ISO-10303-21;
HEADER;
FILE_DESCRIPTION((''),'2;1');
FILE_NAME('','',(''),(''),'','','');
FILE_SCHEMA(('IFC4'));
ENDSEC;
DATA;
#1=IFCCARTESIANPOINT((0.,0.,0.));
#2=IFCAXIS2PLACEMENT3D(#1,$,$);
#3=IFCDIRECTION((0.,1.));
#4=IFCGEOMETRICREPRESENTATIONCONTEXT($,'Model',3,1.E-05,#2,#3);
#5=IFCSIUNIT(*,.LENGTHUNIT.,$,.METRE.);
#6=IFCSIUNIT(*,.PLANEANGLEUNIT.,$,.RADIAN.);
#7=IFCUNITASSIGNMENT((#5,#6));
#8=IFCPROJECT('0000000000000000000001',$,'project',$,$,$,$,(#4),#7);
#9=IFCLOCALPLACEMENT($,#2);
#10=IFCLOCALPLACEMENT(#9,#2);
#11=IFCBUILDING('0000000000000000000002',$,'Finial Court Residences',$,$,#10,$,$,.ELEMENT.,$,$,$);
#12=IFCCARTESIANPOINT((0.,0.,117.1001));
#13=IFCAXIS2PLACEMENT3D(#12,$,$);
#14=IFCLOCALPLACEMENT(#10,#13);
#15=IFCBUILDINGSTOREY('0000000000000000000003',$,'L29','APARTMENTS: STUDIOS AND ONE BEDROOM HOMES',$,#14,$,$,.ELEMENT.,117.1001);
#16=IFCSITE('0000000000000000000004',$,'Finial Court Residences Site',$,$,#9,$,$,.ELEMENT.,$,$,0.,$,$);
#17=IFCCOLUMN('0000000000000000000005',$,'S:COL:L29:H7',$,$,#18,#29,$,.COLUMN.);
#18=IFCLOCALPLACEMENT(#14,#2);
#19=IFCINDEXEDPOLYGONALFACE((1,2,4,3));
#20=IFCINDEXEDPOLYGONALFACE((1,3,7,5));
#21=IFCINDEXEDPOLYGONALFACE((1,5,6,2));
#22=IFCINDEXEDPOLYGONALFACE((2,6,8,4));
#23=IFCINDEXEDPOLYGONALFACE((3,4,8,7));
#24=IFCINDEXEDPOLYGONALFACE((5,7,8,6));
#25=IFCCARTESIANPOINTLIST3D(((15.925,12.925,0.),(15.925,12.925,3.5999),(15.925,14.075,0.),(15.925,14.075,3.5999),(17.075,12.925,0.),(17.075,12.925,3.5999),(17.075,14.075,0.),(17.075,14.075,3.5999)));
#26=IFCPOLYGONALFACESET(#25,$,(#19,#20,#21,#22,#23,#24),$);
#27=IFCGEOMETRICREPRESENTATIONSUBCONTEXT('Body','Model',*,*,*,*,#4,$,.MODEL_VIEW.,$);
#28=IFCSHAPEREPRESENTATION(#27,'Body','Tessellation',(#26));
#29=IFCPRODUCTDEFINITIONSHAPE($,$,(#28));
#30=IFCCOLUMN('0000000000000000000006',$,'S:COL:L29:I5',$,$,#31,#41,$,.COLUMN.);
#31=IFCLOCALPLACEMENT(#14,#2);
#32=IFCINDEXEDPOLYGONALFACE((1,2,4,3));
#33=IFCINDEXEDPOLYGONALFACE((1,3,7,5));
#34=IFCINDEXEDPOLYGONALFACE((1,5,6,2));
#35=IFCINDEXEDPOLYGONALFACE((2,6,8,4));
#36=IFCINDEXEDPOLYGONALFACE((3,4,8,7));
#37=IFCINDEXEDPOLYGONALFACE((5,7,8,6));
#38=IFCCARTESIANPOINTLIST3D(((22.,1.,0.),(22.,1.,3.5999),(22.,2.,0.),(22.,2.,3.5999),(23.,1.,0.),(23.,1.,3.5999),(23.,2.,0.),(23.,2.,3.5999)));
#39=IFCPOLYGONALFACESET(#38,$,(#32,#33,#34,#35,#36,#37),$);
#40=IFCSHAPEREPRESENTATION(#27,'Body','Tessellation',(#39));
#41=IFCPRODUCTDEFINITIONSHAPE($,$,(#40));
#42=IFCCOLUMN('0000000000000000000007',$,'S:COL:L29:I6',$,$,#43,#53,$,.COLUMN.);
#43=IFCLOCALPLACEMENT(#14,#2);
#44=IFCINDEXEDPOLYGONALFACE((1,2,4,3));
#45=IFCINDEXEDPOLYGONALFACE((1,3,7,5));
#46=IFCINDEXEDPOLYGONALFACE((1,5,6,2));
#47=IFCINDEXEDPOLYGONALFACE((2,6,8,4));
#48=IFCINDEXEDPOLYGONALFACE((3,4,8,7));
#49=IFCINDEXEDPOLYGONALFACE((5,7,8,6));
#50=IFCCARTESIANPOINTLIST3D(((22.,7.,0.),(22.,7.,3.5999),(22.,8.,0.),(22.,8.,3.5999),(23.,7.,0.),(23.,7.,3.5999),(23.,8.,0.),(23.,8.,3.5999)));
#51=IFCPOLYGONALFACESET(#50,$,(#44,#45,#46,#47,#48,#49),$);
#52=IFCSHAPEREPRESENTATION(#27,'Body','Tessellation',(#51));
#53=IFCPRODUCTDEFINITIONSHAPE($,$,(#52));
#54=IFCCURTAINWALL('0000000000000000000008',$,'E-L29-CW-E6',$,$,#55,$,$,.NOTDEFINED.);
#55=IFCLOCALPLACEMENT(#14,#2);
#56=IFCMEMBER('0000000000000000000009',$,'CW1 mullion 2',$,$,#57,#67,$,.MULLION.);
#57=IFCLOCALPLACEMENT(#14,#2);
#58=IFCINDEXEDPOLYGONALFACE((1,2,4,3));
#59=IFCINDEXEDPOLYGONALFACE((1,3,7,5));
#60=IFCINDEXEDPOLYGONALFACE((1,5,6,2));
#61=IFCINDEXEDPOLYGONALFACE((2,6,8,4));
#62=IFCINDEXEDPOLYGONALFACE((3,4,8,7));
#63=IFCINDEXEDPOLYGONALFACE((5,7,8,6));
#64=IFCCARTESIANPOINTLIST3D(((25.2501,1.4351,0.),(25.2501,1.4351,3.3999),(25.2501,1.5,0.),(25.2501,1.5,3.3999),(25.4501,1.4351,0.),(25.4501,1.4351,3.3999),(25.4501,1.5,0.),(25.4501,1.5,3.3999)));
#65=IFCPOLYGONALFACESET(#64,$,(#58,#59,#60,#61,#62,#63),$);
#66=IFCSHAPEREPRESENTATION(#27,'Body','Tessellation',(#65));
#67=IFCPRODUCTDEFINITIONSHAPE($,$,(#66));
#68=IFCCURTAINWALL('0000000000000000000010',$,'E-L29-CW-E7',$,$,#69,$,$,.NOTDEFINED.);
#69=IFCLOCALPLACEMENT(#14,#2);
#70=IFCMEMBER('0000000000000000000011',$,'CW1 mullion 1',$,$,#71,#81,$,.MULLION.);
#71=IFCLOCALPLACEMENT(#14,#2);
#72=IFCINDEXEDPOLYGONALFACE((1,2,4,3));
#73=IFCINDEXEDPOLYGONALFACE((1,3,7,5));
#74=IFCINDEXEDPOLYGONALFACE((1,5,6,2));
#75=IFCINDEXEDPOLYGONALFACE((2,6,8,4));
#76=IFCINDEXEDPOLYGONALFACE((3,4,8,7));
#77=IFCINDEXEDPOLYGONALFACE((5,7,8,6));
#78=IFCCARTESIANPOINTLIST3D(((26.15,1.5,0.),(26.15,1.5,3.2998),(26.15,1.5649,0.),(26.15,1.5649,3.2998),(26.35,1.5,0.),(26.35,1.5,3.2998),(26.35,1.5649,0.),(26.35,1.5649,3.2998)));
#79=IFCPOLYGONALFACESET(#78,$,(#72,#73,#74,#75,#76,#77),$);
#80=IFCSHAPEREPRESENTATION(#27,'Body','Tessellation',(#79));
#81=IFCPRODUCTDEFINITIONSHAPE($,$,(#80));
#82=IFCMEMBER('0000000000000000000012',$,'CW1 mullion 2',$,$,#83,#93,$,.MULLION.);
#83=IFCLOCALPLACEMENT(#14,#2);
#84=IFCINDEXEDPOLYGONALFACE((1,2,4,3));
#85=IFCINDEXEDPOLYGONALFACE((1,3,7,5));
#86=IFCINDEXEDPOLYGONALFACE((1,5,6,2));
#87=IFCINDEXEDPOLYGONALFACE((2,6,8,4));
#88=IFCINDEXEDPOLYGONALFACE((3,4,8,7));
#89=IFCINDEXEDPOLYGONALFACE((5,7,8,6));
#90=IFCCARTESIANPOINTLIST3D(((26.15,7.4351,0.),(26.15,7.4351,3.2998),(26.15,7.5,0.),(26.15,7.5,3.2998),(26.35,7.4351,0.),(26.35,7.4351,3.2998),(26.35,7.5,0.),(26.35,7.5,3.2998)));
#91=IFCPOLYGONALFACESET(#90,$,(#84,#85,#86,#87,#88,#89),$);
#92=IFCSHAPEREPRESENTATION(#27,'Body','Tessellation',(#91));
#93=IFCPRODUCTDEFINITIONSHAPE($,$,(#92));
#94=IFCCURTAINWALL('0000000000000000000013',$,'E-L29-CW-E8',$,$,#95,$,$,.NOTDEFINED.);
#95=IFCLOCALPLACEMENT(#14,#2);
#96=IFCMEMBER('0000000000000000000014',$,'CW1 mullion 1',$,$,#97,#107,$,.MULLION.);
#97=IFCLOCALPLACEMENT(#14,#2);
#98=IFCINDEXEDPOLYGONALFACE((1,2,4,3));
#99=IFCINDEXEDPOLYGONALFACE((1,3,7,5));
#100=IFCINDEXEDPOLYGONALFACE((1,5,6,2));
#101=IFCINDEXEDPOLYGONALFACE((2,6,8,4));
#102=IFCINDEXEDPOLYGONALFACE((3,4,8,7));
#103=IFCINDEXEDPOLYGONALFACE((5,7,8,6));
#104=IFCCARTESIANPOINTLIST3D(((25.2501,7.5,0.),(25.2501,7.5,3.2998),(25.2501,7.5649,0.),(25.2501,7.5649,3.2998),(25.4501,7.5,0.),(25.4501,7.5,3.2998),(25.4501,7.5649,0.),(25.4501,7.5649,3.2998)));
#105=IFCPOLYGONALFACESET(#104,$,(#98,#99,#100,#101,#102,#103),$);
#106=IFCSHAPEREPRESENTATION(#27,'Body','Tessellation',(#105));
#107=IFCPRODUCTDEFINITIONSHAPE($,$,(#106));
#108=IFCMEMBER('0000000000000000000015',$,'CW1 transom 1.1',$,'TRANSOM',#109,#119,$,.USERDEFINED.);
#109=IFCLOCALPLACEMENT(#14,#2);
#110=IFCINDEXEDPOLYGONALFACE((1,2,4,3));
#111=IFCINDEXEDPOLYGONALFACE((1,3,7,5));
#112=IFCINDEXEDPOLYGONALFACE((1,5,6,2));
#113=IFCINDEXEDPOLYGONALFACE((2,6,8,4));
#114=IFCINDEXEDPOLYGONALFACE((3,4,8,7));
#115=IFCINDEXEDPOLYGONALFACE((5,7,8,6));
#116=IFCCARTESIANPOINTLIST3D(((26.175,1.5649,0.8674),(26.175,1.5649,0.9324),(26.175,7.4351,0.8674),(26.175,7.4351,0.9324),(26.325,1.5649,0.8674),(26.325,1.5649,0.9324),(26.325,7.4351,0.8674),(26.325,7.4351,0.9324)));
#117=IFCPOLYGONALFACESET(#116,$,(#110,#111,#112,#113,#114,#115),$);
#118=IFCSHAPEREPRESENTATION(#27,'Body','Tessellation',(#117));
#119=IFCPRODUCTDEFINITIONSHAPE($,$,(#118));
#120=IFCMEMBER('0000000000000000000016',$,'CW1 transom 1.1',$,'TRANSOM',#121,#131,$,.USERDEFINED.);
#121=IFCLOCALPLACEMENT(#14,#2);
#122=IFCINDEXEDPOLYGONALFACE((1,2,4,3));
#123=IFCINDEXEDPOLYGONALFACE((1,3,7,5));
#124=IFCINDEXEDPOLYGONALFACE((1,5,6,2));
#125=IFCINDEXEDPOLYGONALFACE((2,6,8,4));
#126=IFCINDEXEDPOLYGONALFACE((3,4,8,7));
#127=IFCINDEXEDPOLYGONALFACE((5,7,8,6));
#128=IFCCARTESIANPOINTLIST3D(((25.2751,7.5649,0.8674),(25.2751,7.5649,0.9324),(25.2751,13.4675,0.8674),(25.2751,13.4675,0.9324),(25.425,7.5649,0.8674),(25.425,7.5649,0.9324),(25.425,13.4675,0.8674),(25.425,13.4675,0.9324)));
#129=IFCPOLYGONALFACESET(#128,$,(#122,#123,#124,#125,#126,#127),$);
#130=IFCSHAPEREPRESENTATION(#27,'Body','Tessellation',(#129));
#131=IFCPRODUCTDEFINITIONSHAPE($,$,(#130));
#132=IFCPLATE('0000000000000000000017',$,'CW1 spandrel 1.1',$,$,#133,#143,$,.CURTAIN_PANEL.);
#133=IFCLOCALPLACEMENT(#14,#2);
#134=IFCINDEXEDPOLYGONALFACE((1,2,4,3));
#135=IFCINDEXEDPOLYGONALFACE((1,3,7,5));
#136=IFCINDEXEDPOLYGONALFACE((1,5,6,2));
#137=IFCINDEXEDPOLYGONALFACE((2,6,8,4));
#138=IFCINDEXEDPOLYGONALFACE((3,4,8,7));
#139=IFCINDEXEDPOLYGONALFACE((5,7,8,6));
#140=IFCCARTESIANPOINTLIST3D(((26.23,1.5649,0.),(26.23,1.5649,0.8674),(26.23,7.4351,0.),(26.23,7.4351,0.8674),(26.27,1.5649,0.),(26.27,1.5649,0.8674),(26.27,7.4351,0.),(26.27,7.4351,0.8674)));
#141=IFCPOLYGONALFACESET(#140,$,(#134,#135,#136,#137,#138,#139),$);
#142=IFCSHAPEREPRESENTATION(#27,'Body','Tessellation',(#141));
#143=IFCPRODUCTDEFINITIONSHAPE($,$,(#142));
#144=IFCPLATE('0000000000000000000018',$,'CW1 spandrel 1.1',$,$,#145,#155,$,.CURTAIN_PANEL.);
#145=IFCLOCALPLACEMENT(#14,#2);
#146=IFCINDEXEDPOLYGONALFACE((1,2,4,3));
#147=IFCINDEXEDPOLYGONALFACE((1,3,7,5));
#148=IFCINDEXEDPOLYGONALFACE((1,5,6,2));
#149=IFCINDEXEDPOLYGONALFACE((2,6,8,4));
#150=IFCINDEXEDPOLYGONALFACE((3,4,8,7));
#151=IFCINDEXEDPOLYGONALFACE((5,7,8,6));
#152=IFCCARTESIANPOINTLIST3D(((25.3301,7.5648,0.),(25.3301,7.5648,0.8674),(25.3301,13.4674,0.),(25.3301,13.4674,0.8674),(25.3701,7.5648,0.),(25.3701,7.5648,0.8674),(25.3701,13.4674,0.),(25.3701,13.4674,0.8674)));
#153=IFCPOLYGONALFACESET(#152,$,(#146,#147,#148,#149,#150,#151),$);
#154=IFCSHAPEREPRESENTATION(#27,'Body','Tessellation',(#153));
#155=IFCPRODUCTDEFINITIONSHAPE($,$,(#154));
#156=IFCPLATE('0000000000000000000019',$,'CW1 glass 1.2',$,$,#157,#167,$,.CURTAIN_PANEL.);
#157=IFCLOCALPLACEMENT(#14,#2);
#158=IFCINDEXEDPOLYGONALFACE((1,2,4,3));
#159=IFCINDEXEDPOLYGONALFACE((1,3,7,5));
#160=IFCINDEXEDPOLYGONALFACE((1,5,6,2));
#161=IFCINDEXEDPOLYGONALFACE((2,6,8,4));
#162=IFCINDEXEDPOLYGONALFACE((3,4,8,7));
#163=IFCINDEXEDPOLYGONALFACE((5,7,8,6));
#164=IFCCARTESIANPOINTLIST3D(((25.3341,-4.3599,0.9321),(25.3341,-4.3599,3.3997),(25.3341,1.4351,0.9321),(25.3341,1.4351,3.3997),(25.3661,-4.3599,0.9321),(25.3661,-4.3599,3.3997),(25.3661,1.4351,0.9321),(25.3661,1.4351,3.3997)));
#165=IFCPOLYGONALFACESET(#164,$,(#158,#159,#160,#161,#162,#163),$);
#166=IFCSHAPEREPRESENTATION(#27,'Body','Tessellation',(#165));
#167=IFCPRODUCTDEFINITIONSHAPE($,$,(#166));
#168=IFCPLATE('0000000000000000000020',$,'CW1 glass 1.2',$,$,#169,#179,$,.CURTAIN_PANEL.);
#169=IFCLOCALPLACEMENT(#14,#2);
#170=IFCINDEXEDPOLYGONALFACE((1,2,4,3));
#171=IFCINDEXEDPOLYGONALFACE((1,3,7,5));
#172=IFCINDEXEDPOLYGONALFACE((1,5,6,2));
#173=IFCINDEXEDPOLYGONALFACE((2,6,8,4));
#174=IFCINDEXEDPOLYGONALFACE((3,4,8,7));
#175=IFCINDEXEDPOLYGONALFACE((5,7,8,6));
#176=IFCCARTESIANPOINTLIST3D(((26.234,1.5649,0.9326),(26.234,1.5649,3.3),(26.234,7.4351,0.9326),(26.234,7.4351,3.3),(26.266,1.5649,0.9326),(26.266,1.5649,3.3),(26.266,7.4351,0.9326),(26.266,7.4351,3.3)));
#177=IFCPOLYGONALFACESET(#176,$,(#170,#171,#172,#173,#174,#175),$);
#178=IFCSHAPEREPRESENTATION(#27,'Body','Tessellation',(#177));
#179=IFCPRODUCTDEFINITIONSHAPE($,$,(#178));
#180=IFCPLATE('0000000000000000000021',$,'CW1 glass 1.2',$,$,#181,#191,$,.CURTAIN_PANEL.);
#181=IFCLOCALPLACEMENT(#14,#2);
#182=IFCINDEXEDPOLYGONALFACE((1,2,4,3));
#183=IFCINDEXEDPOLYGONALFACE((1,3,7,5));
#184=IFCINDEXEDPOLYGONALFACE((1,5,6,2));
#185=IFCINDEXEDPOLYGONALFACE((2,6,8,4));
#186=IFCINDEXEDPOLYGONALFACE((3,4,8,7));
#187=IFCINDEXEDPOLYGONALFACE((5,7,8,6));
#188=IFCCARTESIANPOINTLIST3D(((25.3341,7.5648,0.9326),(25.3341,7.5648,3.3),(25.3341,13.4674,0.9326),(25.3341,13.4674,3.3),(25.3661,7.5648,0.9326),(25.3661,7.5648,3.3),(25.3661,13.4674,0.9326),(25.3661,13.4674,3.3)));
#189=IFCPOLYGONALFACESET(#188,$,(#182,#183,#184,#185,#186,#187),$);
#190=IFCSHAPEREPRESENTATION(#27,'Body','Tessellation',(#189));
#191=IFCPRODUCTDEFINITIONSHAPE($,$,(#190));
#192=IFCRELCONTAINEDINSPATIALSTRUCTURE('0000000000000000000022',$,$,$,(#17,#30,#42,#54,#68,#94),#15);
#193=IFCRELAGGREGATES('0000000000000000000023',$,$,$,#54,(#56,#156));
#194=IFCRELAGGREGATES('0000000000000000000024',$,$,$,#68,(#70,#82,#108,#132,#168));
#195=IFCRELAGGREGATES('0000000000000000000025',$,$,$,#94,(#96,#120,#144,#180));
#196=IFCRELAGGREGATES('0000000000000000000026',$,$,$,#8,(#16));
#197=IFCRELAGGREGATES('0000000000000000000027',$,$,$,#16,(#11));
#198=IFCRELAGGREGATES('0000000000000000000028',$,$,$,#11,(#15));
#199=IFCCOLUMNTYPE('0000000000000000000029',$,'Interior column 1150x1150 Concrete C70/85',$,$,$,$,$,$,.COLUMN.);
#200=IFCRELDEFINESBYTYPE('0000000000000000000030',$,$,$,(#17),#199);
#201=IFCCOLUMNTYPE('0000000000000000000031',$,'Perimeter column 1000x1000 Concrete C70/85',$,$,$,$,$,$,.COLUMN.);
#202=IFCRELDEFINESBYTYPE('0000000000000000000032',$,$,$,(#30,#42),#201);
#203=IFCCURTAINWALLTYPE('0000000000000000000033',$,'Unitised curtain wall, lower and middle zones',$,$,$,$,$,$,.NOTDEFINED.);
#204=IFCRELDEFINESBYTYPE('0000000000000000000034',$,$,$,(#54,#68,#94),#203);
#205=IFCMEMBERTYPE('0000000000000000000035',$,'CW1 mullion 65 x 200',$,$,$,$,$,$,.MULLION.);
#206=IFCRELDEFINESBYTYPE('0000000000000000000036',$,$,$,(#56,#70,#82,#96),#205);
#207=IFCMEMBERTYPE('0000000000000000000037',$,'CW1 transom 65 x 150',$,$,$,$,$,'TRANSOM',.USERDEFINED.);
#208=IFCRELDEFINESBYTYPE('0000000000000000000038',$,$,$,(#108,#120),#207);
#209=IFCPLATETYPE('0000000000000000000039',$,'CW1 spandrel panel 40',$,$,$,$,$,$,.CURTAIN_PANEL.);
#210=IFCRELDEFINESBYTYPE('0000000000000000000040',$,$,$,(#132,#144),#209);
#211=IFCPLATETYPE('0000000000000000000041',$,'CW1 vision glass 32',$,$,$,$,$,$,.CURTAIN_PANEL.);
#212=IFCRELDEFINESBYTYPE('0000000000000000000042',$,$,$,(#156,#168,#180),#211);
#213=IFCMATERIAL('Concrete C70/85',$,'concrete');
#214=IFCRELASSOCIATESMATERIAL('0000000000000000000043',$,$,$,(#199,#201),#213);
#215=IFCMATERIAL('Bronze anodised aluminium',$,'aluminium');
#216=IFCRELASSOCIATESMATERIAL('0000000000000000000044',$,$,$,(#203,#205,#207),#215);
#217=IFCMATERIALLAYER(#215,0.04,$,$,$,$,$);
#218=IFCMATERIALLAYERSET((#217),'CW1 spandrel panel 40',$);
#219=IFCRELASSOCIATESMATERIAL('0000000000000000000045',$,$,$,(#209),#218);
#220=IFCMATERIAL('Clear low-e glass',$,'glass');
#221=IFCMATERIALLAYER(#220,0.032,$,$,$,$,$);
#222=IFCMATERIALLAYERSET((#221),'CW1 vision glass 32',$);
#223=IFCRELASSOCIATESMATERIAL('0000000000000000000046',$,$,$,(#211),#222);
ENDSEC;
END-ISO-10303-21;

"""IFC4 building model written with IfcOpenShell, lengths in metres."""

from ifc_helpers import new_model, si_unit, direction, frame, origin, origin_2d, place, context, subcontext, project, spatial, rectangle, extrude, material, layer, layer_set, material_profile, profile_set, type_object, element, aggregate, save


model = new_model("IFC4")

# Units and contexts
model_context = context("Model", 3, precision=1e-05, world=origin(), true_north=direction((0.0, 1.0)))
body_context = subcontext(model_context, "Body", "Model", "MODEL_VIEW")
ifc_project = project(units=[si_unit("LENGTHUNIT", "METRE"), si_unit("PLANEANGLEUNIT", "RADIAN")], contexts=[model_context])

# Site, building, storey
site_placement = place(None, origin())
site = spatial("IfcSite", under=ifc_project, at=site_placement, Name="Finial Court Residences Site", CompositionType="ELEMENT", RefElevation=0.0)
building_placement = place(site_placement, origin())
building = spatial("IfcBuilding", under=site, at=building_placement, Name="Finial Court Residences", CompositionType="ELEMENT")
storey_placement = place(building_placement, frame((0.0, 0.0, 117.1001)))
storey = spatial("IfcBuildingStorey", under=building, at=storey_placement, Name="L29", Description="APARTMENTS: STUDIOS AND ONE BEDROOM HOMES", CompositionType="ELEMENT", Elevation=117.1001)

# Columns
ifc_material_1 = material(Name="Concrete C70/85", Category="concrete")
ifc_material_profile_1 = material_profile(ifc_material_1, rectangle(XDim=1.1499, YDim=1.1499, at=origin_2d()), Name="1150x1150")
ifc_profile_set_1 = profile_set([ifc_material_profile_1], Name="Concrete C70/85")
column_type_1 = type_object("IfcColumnType", Name="Interior column 1150x1150 Concrete C70/85", PredefinedType="COLUMN", material=ifc_profile_set_1)
column_placement = place(storey_placement, frame((16.5, 13.5, 0.0), z_axis=(0.0, 0.0, 1.0), x_axis=(1.0, 0.0, 0.0)))
element("IfcColumn", 1, at=column_placement, inside=storey, type_object=column_type_1, Name="S:COL:L29:H7", PredefinedType="COLUMN", context=body_context, shape_type="SweptSolid", body=[
    extrude(rectangle(XDim=1.1499, YDim=1.1499, at=origin_2d()), origin(), (0.0, 0.0, 1.0), 3.5999),
])
ifc_material_profile_2 = material_profile(ifc_material_1, rectangle(XDim=1.0, YDim=1.0, at=origin_2d()), Name="1000x1000")
ifc_profile_set_2 = profile_set([ifc_material_profile_2], Name="Concrete C70/85")
column_type_2 = type_object("IfcColumnType", Name="Perimeter column 1000x1000 Concrete C70/85", PredefinedType="COLUMN", material=ifc_profile_set_2)
for number, where, z_axis, x_axis, name in (
    (2, (22.5, 1.5, 0.0), (0.0, 0.0, 1.0), (1.0, 0.0, 0.0), "S:COL:L29:I5"),
    (3, (22.5, 7.5, 0.0), (0.0, 0.0, 1.0), (1.0, 0.0, 0.0), "S:COL:L29:I6"),
):
    element("IfcColumn", number, at=place(storey_placement, frame(where, z_axis=z_axis, x_axis=x_axis)), inside=storey, type_object=column_type_2, Name=name, PredefinedType="COLUMN", context=body_context, shape_type="SweptSolid", body=[
        extrude(rectangle(XDim=1.0, YDim=1.0, at=origin_2d()), origin(), (0.0, 0.0, 1.0), 3.5999),
    ])

# Curtain wall, member
ifc_material_2 = material(Name="Bronze anodised aluminium", Category="aluminium")
curtain_wall_type = type_object("IfcCurtainWallType", Name="Unitised curtain wall, lower and middle zones", PredefinedType="NOTDEFINED", material=ifc_material_2)
curtain_wall_1_placement = place(storey_placement, origin())
curtain_wall_1 = element("IfcCurtainWall", 4, at=curtain_wall_1_placement, inside=storey, type_object=curtain_wall_type, Name="E-L29-CW-E6", PredefinedType="NOTDEFINED")
ifc_material_profile_3 = material_profile(ifc_material_2, rectangle(XDim=0.2, YDim=0.0649, at=origin_2d()), Name="CW1 mullion 65 x 200")
ifc_profile_set_3 = profile_set([ifc_material_profile_3], Name="Bronze anodised aluminium")
member_type_1 = type_object("IfcMemberType", Name="CW1 mullion 65 x 200", PredefinedType="MULLION", material=ifc_profile_set_3)
member_1_placement = place(storey_placement, frame((25.3501, 1.4675, 0.0), z_axis=(0.0, 0.0, 1.0), x_axis=(-1.0, 0.0, 0.0)))
member_1 = element("IfcMember", 5, at=member_1_placement, type_object=member_type_1, Name="CW1 mullion 2", PredefinedType="MULLION", context=body_context, shape_type="SweptSolid", body=[
    extrude(rectangle(XDim=0.2, YDim=0.0649, at=origin_2d()), origin(), (0.0, 0.0, 1.0), 3.3999),
])

# Curtain wall, members
curtain_wall_2_placement = place(storey_placement, origin())
curtain_wall_2 = element("IfcCurtainWall", 6, at=curtain_wall_2_placement, inside=storey, type_object=curtain_wall_type, Name="E-L29-CW-E7", PredefinedType="NOTDEFINED")
member_2_placement = place(storey_placement, frame((26.25, 1.5325, 0.0), z_axis=(0.0, 0.0, 1.0), x_axis=(-1.0, 0.0, 0.0)))
member_2 = element("IfcMember", 7, at=member_2_placement, type_object=member_type_1, Name="CW1 mullion 1", PredefinedType="MULLION", context=body_context, shape_type="SweptSolid", body=[
    extrude(rectangle(XDim=0.2, YDim=0.0649, at=origin_2d()), origin(), (0.0, 0.0, 1.0), 3.2998),
])
member_3_placement = place(storey_placement, frame((26.25, 7.4675, 0.0), z_axis=(0.0, 0.0, 1.0), x_axis=(-1.0, 0.0, 0.0)))
member_3 = element("IfcMember", 8, at=member_3_placement, type_object=member_type_1, Name="CW1 mullion 2", PredefinedType="MULLION", context=body_context, shape_type="SweptSolid", body=[
    extrude(rectangle(XDim=0.2, YDim=0.0649, at=origin_2d()), origin(), (0.0, 0.0, 1.0), 3.2998),
])

# Curtain wall, member
curtain_wall_3_placement = place(storey_placement, origin())
curtain_wall_3 = element("IfcCurtainWall", 9, at=curtain_wall_3_placement, inside=storey, type_object=curtain_wall_type, Name="E-L29-CW-E8", PredefinedType="NOTDEFINED")
member_4_placement = place(storey_placement, frame((25.3501, 7.5325, 0.0), z_axis=(0.0, 0.0, 1.0), x_axis=(-1.0, 0.0, 0.0)))
member_4 = element("IfcMember", 10, at=member_4_placement, type_object=member_type_1, Name="CW1 mullion 1", PredefinedType="MULLION", context=body_context, shape_type="SweptSolid", body=[
    extrude(rectangle(XDim=0.2, YDim=0.0649, at=origin_2d()), origin(), (0.0, 0.0, 1.0), 3.2998),
])

# Members
ifc_material_profile_4 = material_profile(ifc_material_2, rectangle(XDim=0.1499, YDim=0.0649, at=origin_2d()), Name="CW1 transom 65 x 150")
ifc_profile_set_4 = profile_set([ifc_material_profile_4], Name="Bronze anodised aluminium")
member_type_2 = type_object("IfcMemberType", Name="CW1 transom 65 x 150", ElementType="TRANSOM", PredefinedType="USERDEFINED", material=ifc_profile_set_4)
member_5_placement = place(storey_placement, frame((26.25, 1.5649, 0.8999), z_axis=(0.0, 1.0, 0.0), x_axis=(-1.0, 0.0, 0.0)))
member_5 = element("IfcMember", 11, at=member_5_placement, type_object=member_type_2, Name="CW1 transom 1.1", ObjectType="TRANSOM", PredefinedType="USERDEFINED", context=body_context, shape_type="SweptSolid", body=[
    extrude(rectangle(XDim=0.1499, YDim=0.0649, at=origin_2d()), origin(), (0.0, 0.0, 1.0), 5.8701),
])
member_6_placement = place(storey_placement, frame((25.3501, 7.5649, 0.8999), z_axis=(0.0, 1.0, 0.0), x_axis=(-1.0, 0.0, 0.0)))
member_6 = element("IfcMember", 12, at=member_6_placement, type_object=member_type_2, Name="CW1 transom 1.1", ObjectType="TRANSOM", PredefinedType="USERDEFINED", context=body_context, shape_type="SweptSolid", body=[
    extrude(rectangle(XDim=0.1499, YDim=0.0649, at=origin_2d()), origin(), (0.0, 0.0, 1.0), 5.9026),
])

# Plates
ifc_layer_1 = layer(ifc_material_2, 0.04)
ifc_layer_set_1 = layer_set([ifc_layer_1], Name="CW1 spandrel panel 40")
plate_type_1 = type_object("IfcPlateType", Name="CW1 spandrel panel 40", PredefinedType="CURTAIN_PANEL", material=ifc_layer_set_1)
plate_1_placement = place(storey_placement, frame((26.25, 4.5, 0.0), z_axis=(0.0, 0.0, 1.0), x_axis=(0.0, 1.0, 0.0)))
plate_1 = element("IfcPlate", 13, at=plate_1_placement, type_object=plate_type_1, Name="CW1 spandrel 1.1", PredefinedType="CURTAIN_PANEL", context=body_context, shape_type="SweptSolid", body=[
    extrude(rectangle(XDim=5.8701, YDim=0.04, at=origin_2d()), origin(), (0.0, 0.0, 1.0), 0.8674),
])
plate_2_placement = place(storey_placement, frame((25.3501, 10.5161, 0.0), z_axis=(0.0, 0.0, 1.0), x_axis=(0.0, 1.0, 0.0)))
plate_2 = element("IfcPlate", 14, at=plate_2_placement, type_object=plate_type_1, Name="CW1 spandrel 1.1", PredefinedType="CURTAIN_PANEL", context=body_context, shape_type="SweptSolid", body=[
    extrude(rectangle(XDim=5.9026, YDim=0.04, at=origin_2d()), origin(), (0.0, 0.0, 1.0), 0.8674),
])
ifc_material_3 = material(Name="Clear low-e glass", Category="glass")
ifc_layer_2 = layer(ifc_material_3, 0.032)
ifc_layer_set_2 = layer_set([ifc_layer_2], Name="CW1 vision glass 32")
plate_type_2 = type_object("IfcPlateType", Name="CW1 vision glass 32", PredefinedType="CURTAIN_PANEL", material=ifc_layer_set_2)
plate_3_placement = place(storey_placement, frame((25.3501, -1.4624, 0.9321), z_axis=(0.0, 0.0, 1.0), x_axis=(0.0, 1.0, 0.0)))
plate_3 = element("IfcPlate", 15, at=plate_3_placement, type_object=plate_type_2, Name="CW1 glass 1.2", PredefinedType="CURTAIN_PANEL", context=body_context, shape_type="SweptSolid", body=[
    extrude(rectangle(XDim=5.7949, YDim=0.032, at=origin_2d()), origin(), (0.0, 0.0, 1.0), 2.4675),
])
aggregate(curtain_wall_1, [member_1, plate_3])
plate_4_placement = place(storey_placement, frame((26.25, 4.5, 0.9326), z_axis=(0.0, 0.0, 1.0), x_axis=(0.0, 1.0, 0.0)))
plate_4 = element("IfcPlate", 16, at=plate_4_placement, type_object=plate_type_2, Name="CW1 glass 1.2", PredefinedType="CURTAIN_PANEL", context=body_context, shape_type="SweptSolid", body=[
    extrude(rectangle(XDim=5.8701, YDim=0.032, at=origin_2d()), origin(), (0.0, 0.0, 1.0), 2.3674),
])
aggregate(curtain_wall_2, [member_2, member_3, member_5, plate_1, plate_4])
plate_5_placement = place(storey_placement, frame((25.3501, 10.5161, 0.9326), z_axis=(0.0, 0.0, 1.0), x_axis=(0.0, 1.0, 0.0)))
plate_5 = element("IfcPlate", 17, at=plate_5_placement, type_object=plate_type_2, Name="CW1 glass 1.2", PredefinedType="CURTAIN_PANEL", context=body_context, shape_type="SweptSolid", body=[
    extrude(rectangle(XDim=5.9026, YDim=0.032, at=origin_2d()), origin(), (0.0, 0.0, 1.0), 2.3674),
])
aggregate(curtain_wall_3, [member_4, member_6, plate_2, plate_5])

save(model, "model.ifc")
